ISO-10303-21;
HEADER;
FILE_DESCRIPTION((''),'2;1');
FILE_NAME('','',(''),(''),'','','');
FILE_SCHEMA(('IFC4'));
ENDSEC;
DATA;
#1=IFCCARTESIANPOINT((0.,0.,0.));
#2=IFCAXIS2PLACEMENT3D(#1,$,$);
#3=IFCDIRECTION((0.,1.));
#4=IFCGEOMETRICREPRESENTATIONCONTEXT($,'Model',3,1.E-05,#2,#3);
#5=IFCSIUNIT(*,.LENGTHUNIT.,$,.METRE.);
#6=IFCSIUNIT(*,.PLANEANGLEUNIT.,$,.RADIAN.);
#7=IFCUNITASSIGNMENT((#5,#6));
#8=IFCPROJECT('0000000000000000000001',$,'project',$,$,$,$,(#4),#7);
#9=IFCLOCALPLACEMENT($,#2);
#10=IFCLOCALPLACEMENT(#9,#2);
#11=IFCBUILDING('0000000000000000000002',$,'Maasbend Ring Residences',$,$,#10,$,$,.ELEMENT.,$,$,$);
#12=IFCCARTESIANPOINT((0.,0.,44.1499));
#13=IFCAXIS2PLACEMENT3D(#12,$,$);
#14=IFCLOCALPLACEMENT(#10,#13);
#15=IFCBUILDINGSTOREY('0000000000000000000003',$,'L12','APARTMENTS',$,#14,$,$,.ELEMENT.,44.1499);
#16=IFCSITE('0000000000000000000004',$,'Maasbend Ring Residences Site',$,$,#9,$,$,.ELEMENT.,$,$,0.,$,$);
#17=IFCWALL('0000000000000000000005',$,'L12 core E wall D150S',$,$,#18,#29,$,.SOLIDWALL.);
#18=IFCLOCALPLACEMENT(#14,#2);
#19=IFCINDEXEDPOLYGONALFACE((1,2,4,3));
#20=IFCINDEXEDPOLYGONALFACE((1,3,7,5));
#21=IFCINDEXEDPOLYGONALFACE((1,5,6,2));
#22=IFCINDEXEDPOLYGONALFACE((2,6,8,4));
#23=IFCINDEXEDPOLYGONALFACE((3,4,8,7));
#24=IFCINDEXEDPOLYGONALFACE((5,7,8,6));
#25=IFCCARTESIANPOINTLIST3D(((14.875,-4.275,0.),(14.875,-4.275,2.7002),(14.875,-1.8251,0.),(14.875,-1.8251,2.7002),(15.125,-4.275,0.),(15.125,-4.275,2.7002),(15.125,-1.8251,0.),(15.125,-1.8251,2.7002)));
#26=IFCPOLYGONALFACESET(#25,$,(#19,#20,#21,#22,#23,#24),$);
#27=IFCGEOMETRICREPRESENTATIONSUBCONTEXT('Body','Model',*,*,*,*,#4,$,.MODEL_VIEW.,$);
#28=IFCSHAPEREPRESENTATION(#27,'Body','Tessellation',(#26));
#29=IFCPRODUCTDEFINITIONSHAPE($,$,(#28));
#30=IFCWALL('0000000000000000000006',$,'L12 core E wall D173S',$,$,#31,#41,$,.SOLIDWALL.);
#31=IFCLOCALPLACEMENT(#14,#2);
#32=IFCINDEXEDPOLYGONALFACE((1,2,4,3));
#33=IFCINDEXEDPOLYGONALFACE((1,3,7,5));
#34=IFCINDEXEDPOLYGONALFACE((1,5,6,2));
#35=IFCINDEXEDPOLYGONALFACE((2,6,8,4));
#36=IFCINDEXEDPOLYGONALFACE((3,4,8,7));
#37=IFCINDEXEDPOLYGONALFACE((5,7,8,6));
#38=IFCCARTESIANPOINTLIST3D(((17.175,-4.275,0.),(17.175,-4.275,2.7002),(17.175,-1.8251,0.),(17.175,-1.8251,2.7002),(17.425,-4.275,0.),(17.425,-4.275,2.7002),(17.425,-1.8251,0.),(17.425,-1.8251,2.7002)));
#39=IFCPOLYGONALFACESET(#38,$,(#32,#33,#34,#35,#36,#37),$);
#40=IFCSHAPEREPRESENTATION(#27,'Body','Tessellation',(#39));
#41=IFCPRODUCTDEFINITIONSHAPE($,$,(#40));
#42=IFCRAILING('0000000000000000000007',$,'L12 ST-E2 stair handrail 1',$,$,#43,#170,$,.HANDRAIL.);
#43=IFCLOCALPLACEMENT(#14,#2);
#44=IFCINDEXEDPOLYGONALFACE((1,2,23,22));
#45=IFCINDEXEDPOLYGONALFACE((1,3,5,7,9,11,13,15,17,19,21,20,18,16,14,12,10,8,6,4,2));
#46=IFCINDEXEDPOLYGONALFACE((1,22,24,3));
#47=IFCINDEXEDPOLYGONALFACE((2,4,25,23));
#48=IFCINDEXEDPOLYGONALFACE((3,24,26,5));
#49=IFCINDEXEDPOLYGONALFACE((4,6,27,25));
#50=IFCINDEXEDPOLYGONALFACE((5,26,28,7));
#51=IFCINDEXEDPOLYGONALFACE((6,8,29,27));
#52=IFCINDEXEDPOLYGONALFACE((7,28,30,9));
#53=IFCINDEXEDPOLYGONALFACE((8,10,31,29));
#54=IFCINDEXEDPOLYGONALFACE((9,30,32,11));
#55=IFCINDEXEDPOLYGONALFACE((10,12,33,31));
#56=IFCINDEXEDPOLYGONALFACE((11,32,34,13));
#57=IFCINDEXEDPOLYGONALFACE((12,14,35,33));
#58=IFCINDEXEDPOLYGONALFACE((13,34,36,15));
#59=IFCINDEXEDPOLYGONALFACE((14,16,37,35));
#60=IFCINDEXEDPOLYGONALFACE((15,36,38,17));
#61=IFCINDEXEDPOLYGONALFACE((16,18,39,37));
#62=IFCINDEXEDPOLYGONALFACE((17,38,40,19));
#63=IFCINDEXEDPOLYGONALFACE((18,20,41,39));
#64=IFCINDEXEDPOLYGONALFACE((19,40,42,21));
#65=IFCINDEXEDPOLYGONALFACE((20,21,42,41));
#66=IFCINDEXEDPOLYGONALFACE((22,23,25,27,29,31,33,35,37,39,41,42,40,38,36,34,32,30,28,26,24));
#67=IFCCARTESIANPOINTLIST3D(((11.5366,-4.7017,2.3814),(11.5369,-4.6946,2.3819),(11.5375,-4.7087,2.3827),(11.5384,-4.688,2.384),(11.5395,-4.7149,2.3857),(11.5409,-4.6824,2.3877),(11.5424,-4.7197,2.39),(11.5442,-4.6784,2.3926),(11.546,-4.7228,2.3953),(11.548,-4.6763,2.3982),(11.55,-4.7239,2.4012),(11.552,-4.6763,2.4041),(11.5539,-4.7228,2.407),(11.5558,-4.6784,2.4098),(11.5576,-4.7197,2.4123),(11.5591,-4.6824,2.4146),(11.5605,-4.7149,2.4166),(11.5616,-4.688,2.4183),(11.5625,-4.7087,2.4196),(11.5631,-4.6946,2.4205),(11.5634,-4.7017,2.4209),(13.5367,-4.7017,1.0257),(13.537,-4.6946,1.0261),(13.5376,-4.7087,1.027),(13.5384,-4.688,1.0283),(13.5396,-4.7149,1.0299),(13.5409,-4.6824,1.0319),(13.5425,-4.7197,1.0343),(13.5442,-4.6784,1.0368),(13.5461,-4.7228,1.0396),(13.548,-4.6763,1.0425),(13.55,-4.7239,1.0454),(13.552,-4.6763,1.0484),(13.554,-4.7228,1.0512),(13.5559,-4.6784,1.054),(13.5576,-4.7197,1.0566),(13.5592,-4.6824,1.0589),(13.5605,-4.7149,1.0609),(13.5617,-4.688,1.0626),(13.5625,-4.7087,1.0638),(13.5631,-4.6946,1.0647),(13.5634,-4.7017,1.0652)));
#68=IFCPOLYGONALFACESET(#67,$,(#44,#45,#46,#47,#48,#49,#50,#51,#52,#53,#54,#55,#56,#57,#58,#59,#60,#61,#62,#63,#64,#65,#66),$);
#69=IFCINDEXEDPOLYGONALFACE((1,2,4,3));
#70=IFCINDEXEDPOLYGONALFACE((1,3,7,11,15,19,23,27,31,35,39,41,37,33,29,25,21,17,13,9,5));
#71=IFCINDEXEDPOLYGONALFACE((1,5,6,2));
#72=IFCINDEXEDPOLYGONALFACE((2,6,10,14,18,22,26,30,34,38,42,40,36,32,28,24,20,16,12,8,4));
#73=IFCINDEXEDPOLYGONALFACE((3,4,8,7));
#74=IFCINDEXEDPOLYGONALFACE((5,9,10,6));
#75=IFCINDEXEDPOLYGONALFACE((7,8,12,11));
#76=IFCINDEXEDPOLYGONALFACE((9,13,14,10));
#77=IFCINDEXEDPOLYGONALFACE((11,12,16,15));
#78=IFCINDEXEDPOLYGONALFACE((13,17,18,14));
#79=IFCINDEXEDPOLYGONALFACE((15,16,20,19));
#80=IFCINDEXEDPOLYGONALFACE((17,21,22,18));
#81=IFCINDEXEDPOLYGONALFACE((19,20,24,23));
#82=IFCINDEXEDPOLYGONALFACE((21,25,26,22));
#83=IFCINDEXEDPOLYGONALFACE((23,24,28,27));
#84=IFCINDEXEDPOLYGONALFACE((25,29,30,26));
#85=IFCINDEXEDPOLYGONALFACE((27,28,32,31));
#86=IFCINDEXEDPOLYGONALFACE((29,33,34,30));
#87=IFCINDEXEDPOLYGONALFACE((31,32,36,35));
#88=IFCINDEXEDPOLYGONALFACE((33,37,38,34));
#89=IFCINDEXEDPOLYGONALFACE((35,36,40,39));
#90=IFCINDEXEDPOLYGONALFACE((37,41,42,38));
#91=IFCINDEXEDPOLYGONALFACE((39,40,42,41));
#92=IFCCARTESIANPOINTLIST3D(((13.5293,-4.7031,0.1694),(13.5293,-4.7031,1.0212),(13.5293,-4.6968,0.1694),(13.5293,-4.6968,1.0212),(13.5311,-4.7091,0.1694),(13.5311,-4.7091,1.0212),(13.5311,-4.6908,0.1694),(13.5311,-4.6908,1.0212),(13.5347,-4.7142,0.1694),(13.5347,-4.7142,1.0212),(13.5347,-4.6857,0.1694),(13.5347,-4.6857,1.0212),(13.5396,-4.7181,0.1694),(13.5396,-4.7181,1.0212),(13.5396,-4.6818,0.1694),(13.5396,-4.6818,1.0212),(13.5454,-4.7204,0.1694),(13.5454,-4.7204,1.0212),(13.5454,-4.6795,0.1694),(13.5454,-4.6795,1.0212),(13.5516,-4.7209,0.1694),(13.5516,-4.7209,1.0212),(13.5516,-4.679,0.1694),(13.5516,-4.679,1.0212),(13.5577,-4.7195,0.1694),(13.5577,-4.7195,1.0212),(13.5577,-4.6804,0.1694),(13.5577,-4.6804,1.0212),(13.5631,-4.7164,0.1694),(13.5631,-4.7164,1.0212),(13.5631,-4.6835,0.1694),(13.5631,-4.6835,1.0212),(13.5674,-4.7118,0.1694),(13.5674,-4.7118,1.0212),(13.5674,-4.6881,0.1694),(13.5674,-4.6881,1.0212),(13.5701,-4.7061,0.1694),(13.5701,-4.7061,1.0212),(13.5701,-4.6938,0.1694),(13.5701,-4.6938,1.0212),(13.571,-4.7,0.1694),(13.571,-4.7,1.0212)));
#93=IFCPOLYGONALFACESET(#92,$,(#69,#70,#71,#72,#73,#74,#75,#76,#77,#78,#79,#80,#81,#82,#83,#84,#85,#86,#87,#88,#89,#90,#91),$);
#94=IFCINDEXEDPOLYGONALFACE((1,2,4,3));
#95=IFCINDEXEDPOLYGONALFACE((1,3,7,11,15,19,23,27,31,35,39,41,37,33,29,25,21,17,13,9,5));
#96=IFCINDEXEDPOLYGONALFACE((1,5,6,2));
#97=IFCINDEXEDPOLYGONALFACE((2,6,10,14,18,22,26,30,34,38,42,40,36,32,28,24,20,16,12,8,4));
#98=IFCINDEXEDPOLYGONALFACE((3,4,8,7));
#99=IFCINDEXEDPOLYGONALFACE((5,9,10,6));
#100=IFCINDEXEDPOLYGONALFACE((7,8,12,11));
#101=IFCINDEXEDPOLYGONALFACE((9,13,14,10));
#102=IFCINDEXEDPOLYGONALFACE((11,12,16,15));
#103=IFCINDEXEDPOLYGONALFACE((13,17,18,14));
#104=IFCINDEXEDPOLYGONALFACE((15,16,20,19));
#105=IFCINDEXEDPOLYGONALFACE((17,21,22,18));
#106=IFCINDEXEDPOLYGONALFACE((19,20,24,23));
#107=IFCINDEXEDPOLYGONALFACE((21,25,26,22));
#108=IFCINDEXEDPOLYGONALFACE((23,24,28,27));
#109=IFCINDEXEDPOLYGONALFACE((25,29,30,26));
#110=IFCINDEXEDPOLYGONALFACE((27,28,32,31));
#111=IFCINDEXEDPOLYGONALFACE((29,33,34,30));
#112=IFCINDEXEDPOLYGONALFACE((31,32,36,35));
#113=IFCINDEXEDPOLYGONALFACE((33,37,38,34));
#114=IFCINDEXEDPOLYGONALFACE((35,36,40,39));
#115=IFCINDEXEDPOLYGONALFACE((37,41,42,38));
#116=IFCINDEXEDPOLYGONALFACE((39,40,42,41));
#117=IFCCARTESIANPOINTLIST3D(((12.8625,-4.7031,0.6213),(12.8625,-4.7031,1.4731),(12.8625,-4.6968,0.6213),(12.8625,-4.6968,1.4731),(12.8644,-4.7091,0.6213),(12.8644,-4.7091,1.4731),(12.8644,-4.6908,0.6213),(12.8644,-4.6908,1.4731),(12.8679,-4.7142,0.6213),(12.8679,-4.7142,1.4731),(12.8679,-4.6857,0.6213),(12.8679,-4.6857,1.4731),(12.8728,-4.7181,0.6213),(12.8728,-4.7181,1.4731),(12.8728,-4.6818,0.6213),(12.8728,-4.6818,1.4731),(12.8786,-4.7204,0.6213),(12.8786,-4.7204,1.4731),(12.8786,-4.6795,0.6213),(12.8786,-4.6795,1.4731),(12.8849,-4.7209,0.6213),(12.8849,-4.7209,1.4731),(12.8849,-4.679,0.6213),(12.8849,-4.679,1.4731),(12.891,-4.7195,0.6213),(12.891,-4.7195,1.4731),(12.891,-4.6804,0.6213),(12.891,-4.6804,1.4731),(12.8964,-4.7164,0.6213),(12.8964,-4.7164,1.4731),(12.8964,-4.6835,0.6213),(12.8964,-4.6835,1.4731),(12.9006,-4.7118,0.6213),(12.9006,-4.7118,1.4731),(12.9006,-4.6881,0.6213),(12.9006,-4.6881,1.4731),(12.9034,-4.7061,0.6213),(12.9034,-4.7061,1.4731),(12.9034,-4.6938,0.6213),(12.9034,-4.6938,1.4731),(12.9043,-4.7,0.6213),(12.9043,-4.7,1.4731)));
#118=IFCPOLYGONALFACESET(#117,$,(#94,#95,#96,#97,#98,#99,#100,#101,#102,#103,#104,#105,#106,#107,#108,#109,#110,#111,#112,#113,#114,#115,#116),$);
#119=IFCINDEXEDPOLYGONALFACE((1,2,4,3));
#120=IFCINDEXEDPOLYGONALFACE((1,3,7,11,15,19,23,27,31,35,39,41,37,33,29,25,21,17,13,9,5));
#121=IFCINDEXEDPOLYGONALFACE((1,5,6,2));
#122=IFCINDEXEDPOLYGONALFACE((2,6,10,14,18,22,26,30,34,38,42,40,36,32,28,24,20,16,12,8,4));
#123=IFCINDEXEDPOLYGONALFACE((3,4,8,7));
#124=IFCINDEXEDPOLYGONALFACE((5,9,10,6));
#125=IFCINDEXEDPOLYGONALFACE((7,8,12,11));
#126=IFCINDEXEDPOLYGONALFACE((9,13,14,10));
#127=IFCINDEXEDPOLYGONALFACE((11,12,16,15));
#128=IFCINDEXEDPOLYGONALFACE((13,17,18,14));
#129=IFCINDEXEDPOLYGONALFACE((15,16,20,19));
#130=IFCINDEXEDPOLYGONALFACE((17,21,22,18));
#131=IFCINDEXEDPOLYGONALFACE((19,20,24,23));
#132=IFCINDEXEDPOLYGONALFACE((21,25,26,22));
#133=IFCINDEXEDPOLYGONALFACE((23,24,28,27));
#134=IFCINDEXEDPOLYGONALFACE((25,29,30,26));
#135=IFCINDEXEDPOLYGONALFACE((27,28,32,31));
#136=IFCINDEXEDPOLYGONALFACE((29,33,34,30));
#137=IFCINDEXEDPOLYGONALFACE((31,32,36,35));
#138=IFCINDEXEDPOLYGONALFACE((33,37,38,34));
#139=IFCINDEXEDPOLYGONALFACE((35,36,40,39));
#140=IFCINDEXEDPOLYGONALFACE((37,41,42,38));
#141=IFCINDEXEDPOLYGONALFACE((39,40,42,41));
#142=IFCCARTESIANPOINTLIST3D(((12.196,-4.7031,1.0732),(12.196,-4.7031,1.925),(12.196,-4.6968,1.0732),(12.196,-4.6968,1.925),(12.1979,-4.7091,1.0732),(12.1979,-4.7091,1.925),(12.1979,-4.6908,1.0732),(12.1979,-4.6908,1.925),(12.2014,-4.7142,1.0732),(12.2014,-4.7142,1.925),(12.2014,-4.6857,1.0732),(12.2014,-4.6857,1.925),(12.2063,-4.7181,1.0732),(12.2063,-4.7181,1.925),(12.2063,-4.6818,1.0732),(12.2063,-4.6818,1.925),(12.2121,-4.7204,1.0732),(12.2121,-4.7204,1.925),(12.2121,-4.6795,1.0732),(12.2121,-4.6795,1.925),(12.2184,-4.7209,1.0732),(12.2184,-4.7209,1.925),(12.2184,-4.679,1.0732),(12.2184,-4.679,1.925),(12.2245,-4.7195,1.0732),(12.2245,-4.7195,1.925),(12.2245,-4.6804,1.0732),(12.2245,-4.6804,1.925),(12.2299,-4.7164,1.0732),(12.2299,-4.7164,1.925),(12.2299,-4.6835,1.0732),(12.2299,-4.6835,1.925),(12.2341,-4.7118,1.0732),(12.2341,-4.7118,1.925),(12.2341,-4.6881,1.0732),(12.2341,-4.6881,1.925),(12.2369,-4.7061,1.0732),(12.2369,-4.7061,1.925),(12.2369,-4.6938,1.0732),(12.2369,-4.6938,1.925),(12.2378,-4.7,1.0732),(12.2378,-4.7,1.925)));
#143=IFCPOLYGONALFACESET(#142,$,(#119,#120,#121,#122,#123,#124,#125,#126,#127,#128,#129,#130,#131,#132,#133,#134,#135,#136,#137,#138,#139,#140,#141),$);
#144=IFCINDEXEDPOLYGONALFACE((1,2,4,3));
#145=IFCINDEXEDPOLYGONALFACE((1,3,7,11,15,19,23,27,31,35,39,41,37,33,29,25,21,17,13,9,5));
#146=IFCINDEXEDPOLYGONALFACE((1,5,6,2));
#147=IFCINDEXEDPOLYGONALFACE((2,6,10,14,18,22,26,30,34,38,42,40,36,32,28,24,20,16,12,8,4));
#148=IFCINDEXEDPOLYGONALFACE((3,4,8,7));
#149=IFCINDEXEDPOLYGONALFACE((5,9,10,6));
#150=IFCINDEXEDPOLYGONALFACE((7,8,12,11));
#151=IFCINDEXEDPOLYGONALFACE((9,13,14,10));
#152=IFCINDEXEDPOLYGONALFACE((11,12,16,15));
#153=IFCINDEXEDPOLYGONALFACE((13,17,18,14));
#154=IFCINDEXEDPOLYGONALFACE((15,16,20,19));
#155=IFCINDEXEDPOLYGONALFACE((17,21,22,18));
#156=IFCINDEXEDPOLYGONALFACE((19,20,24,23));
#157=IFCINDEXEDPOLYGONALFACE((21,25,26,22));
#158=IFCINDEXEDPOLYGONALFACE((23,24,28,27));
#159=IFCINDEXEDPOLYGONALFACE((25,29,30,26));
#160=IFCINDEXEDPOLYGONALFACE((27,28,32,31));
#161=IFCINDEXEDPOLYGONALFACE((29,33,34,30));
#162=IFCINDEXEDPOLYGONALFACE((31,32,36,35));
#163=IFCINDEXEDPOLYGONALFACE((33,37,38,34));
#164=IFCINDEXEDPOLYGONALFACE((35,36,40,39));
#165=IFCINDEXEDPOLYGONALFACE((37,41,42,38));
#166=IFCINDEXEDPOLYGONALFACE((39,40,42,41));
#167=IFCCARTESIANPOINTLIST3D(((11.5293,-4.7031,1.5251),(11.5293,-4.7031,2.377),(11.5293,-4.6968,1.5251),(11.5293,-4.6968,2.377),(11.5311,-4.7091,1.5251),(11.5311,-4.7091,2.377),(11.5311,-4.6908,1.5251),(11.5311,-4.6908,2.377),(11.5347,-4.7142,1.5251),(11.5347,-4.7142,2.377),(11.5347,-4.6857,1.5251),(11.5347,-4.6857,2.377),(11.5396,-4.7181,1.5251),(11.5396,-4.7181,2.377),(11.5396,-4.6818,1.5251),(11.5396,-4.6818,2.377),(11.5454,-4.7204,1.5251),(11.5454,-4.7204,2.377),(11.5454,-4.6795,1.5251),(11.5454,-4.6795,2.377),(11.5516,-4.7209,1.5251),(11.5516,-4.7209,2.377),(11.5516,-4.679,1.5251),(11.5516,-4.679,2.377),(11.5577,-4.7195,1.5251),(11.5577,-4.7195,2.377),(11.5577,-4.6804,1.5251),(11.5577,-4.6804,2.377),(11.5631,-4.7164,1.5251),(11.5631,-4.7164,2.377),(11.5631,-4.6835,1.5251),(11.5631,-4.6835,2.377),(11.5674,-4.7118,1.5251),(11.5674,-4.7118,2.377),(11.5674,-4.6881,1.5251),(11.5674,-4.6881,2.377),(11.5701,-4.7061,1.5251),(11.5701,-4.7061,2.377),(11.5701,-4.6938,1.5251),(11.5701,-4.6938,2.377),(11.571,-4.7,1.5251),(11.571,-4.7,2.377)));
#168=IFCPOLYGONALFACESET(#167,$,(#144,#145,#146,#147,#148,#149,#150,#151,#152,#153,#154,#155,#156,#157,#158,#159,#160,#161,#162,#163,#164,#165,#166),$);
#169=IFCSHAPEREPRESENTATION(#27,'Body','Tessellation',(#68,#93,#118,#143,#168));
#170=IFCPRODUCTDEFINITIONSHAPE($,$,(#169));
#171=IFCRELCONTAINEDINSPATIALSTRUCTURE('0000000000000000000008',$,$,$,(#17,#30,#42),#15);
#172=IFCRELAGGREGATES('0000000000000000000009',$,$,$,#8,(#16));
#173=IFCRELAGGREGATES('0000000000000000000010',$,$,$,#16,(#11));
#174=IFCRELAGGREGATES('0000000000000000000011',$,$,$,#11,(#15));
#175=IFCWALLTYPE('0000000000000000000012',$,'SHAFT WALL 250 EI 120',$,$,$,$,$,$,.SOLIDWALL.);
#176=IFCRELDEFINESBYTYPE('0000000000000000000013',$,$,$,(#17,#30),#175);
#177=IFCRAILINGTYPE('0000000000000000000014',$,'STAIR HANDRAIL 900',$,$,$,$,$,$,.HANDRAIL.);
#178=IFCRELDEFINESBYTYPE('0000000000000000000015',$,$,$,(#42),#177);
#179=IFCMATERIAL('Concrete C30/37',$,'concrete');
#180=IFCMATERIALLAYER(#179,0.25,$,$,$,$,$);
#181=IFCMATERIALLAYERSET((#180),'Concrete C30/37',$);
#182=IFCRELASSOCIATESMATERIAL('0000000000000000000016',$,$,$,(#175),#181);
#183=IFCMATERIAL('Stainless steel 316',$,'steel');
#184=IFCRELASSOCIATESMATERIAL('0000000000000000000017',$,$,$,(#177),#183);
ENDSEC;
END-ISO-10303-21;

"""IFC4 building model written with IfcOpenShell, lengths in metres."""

from ifc_helpers import new_model, si_unit, direction, frame, frame_2d, origin, origin_2d, place, context, subcontext, project, spatial, rectangle, circle, extrude, material, layer, layer_set, type_object, element, save


model = new_model("IFC4")

# Units and contexts
model_context = context("Model", 3, precision=1e-05, world=origin(), true_north=direction((0.0, 1.0)))
body_context = subcontext(model_context, "Body", "Model", "MODEL_VIEW")
ifc_project = project(units=[si_unit("LENGTHUNIT", "METRE"), si_unit("PLANEANGLEUNIT", "RADIAN")], contexts=[model_context])

# Site, building, storey
site_placement = place(None, origin())
site = spatial("IfcSite", under=ifc_project, at=site_placement, Name="Maasbend Ring Residences Site", CompositionType="ELEMENT", RefElevation=0.0)
building_placement = place(site_placement, origin())
building = spatial("IfcBuilding", under=site, at=building_placement, Name="Maasbend Ring Residences", CompositionType="ELEMENT")
storey_placement = place(building_placement, frame((0.0, 0.0, 44.1499)))
storey = spatial("IfcBuildingStorey", under=building, at=storey_placement, Name="L12", Description="APARTMENTS", CompositionType="ELEMENT", Elevation=44.1499)

# Walls
ifc_material_1 = material(Name="Concrete C30/37", Category="concrete")
ifc_layer_1 = layer(ifc_material_1, 0.25)
ifc_layer_set_1 = layer_set([ifc_layer_1], Name="Concrete C30/37")
wall_type_1 = type_object("IfcWallType", Name="SHAFT WALL 250 EI 120", PredefinedType="SOLIDWALL", material=ifc_layer_set_1)
for number, where, z_axis, x_axis, name in (
    (1, (15.0, -1.825, 0.0), (0.0, 0.0, 1.0), (0.0, -1.0, 0.0), "L12 core E wall D150S"),
    (2, (17.3, -1.825, 0.0), (0.0, 0.0, 1.0), (0.0, -1.0, 0.0), "L12 core E wall D173S"),
):
    element("IfcWall", number, at=place(storey_placement, frame(where, z_axis=z_axis, x_axis=x_axis)), inside=storey, type_object=wall_type_1, Name=name, PredefinedType="SOLIDWALL", context=body_context, shape_type="SweptSolid", body=[
        extrude(rectangle(XDim=2.45, YDim=0.25, at=frame_2d((1.2251, 0.0))), origin(), (0.0, 0.0, 1.0), 2.7002),
    ])

# Railing
ifc_material_2 = material(Name="Stainless steel 316", Category="steel")
railing_type_1 = type_object("IfcRailingType", Name="STAIR HANDRAIL 900", PredefinedType="HANDRAIL", material=ifc_material_2)
railing_1_placement = place(storey_placement, frame((13.55, -4.7, 0.1694)))
element("IfcRailing", 3, at=railing_1_placement, inside=storey, type_object=railing_type_1, Name="L12 ST-E2 stair handrail 1", PredefinedType="HANDRAIL", context=body_context, shape_type="SweptSolid", body=[
    extrude(circle(Radius=0.0239, at=origin_2d()), frame((0.0, 0.0, 0.876), z_axis=(-0.827751, 0.0, 0.561096), x_axis=(0.0, -1.0, 0.0)), (0.0, 0.0, 1.0), 2.4163),
    extrude(circle(Radius=0.021, at=origin_2d()), origin(), (0.0, 0.0, 1.0), 0.8518),
    extrude(circle(Radius=0.021, at=origin_2d()), frame((-0.6667, 0.0, 0.4519)), (0.0, 0.0, 1.0), 0.8518),
    extrude(circle(Radius=0.021, at=origin_2d()), frame((-1.3333, 0.0, 0.9038)), (0.0, 0.0, 1.0), 0.8518),
    extrude(circle(Radius=0.021, at=origin_2d()), frame((-2.0, 0.0, 1.3557)), (0.0, 0.0, 1.0), 0.8518),
])

save(model, "model.ifc")
